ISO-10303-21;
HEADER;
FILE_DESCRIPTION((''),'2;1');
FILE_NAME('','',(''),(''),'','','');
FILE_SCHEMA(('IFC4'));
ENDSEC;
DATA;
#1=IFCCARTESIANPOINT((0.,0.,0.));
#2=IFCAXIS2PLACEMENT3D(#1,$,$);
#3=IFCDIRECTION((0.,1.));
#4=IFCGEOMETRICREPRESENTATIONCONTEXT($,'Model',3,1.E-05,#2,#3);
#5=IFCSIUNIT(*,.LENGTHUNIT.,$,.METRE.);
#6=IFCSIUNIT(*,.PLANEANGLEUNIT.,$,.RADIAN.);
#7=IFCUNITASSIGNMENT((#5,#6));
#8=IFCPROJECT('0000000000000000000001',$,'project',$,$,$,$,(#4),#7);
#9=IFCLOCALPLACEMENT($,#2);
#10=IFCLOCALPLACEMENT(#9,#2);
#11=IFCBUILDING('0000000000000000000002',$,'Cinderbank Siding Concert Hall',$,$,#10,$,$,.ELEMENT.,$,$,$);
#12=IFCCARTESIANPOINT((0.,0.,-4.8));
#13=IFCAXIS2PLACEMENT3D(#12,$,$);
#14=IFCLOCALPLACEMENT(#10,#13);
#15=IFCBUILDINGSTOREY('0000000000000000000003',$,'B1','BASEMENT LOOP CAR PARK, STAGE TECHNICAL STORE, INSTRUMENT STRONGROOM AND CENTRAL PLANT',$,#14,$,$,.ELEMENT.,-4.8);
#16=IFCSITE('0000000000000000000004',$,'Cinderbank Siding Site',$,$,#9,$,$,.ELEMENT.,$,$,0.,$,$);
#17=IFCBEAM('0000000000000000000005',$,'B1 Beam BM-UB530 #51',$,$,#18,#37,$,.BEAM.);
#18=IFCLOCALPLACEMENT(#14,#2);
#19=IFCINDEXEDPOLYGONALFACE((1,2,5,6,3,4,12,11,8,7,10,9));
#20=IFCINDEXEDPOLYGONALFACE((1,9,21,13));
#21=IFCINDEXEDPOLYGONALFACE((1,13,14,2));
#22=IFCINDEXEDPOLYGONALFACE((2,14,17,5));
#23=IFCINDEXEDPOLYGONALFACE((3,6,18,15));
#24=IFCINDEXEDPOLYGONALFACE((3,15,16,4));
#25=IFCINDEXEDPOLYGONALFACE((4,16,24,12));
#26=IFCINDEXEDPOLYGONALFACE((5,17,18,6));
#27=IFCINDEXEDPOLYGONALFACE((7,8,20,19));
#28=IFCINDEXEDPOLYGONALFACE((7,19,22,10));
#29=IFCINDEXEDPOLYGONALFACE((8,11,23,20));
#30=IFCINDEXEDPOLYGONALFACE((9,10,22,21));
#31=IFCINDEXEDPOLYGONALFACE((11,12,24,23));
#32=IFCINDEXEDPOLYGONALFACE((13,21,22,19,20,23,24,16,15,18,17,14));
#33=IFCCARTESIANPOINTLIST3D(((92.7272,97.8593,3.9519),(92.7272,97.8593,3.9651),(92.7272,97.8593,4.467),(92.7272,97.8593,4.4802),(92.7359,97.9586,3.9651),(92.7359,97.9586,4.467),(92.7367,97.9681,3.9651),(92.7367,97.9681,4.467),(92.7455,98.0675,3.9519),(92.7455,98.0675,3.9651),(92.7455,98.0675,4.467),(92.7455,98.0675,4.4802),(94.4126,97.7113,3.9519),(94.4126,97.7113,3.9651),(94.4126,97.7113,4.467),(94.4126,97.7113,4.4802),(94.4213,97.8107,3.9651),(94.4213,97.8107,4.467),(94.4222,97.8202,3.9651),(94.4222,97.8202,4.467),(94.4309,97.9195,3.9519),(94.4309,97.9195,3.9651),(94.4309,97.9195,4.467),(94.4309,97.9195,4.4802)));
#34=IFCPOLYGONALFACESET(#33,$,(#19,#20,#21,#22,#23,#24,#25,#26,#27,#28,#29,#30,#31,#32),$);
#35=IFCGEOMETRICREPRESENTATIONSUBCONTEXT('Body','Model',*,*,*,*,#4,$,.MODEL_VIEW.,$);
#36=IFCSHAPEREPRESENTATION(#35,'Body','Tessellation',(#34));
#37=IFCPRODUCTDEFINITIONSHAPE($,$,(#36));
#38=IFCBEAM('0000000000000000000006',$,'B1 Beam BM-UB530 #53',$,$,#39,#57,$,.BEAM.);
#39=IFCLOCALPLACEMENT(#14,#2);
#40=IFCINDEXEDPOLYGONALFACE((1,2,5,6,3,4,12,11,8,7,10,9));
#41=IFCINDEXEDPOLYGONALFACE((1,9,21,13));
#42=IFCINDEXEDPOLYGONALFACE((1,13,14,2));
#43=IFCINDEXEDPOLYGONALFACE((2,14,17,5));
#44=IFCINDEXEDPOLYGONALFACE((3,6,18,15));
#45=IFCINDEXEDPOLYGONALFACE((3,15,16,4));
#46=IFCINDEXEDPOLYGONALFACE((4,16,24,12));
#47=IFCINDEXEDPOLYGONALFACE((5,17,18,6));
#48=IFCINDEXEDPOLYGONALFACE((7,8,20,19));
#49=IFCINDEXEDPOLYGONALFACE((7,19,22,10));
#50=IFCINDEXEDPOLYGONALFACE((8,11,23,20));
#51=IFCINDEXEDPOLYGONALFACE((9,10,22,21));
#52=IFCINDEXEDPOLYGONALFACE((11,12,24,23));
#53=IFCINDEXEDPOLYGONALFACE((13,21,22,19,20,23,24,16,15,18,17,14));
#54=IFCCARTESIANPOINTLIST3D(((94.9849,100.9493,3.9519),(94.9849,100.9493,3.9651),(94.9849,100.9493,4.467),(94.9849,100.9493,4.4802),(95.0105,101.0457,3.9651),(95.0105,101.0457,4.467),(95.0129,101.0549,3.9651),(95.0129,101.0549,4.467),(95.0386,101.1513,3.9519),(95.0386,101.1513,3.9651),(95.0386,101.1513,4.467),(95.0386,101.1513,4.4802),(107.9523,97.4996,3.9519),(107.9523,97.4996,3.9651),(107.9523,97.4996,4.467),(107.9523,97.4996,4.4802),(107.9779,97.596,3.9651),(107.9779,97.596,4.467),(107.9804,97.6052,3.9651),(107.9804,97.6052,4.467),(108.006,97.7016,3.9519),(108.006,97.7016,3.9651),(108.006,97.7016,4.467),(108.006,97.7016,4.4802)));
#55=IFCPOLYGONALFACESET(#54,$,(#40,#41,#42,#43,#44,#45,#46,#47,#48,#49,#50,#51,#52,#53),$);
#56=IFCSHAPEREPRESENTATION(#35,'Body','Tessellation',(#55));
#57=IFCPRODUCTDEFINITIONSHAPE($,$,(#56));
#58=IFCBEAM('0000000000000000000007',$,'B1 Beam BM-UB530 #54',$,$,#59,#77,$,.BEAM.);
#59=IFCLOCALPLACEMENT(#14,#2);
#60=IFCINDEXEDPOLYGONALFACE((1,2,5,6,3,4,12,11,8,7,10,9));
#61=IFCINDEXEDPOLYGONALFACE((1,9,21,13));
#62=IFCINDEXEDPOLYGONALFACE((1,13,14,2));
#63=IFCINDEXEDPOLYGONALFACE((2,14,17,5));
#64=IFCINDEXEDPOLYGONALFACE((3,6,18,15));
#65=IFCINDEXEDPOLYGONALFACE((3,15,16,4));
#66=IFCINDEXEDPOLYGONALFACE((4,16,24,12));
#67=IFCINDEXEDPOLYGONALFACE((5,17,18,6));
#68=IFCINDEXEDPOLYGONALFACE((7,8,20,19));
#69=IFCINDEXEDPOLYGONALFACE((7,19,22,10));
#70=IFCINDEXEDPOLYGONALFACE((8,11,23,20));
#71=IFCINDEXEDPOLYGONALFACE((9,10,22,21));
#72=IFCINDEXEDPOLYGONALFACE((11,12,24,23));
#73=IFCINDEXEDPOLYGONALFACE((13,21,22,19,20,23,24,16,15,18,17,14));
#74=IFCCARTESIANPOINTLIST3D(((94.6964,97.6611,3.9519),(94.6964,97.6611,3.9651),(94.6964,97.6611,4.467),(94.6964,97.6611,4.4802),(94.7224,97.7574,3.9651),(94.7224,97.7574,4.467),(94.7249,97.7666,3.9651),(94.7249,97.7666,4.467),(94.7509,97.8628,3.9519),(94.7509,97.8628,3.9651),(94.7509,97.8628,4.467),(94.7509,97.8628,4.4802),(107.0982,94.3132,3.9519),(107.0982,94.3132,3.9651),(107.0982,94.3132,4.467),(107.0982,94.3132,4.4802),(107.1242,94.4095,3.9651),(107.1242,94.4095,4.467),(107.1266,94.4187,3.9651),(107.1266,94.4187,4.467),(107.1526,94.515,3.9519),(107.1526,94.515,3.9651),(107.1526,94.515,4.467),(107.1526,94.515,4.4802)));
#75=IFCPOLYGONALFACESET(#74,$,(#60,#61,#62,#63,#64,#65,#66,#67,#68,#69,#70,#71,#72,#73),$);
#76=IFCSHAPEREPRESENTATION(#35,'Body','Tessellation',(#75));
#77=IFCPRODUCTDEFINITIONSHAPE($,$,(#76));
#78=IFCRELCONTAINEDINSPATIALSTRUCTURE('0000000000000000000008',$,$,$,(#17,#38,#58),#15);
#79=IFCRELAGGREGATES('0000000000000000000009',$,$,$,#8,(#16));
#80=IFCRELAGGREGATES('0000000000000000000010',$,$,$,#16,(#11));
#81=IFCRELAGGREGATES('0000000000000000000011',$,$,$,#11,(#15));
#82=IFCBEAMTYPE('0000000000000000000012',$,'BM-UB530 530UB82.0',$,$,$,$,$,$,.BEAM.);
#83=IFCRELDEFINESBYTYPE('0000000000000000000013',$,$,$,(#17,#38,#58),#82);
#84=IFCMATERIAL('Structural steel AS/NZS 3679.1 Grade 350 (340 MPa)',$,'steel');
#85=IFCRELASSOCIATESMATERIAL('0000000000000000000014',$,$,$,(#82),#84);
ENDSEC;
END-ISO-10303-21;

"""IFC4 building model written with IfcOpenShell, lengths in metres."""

from ifc_helpers import new_model, si_unit, direction, frame, origin, origin_2d, place, context, subcontext, project, spatial, i_section, extrude, material, material_profile, profile_set, type_object, element, save


model = new_model("IFC4")

# Units and contexts
model_context = context("Model", 3, precision=1e-05, world=origin(), true_north=direction((0.0, 1.0)))
body_context = subcontext(model_context, "Body", "Model", "MODEL_VIEW")
ifc_project = project(units=[si_unit("LENGTHUNIT", "METRE"), si_unit("PLANEANGLEUNIT", "RADIAN")], contexts=[model_context])

# Site, building, storey
site_placement = place(None, origin())
site = spatial("IfcSite", under=ifc_project, at=site_placement, Name="Cinderbank Siding Site", CompositionType="ELEMENT", RefElevation=0.0)
building_placement = place(site_placement, origin())
building = spatial("IfcBuilding", under=site, at=building_placement, Name="Cinderbank Siding Concert Hall", CompositionType="ELEMENT")
storey_placement = place(building_placement, frame((0.0, 0.0, -4.8)))
storey = spatial("IfcBuildingStorey", under=building, at=storey_placement, Name="B1", Description="BASEMENT LOOP CAR PARK, STAGE TECHNICAL STORE, INSTRUMENT STRONGROOM AND CENTRAL PLANT", CompositionType="ELEMENT", Elevation=-4.8)

# Beams
ifc_material_1 = material(Name="Structural steel AS/NZS 3679.1 Grade 350 (340 MPa)", Category="steel")
ifc_material_profile_1 = material_profile(ifc_material_1, i_section(OverallWidth=0.209, OverallDepth=0.5283, WebThickness=0.0095, FlangeThickness=0.0132, at=origin_2d()), Name="530UB82.0", Category="LoadBearing")
ifc_profile_set_1 = profile_set([ifc_material_profile_1], Name="Structural steel AS/NZS 3679.1 Grade 350 (340 MPa)")
beam_type_1 = type_object("IfcBeamType", Name="BM-UB530 530UB82.0", PredefinedType="BEAM", material=ifc_profile_set_1)
beam_1_placement = place(storey_placement, frame((92.7363, 97.9634, 4.2161), z_axis=(0.996169, -0.087452, 0.0), x_axis=(0.087452, 0.996169, 0.0)))
element("IfcBeam", 1, at=beam_1_placement, inside=storey, type_object=beam_type_1, Name="B1 Beam BM-UB530 #51", PredefinedType="BEAM", context=body_context, shape_type="SweptSolid", body=[
    extrude(i_section(OverallWidth=0.209, OverallDepth=0.5283, WebThickness=0.0095, FlangeThickness=0.0132, at=origin_2d()), origin(), (0.0, 0.0, 1.0), 1.6919),
])
beam_2_placement = place(storey_placement, frame((95.0117, 101.0503, 4.2161), z_axis=(0.966389, -0.257085, 0.0), x_axis=(0.257085, 0.966389, 0.0)))
element("IfcBeam", 2, at=beam_2_placement, inside=storey, type_object=beam_type_1, Name="B1 Beam BM-UB530 #53", PredefinedType="BEAM", context=body_context, shape_type="SweptSolid", body=[
    extrude(i_section(OverallWidth=0.209, OverallDepth=0.5283, WebThickness=0.0095, FlangeThickness=0.0132, at=origin_2d()), origin(), (0.0, 0.0, 1.0), 13.4185),
])
beam_3_placement = place(storey_placement, frame((94.7236, 97.762, 4.2161), z_axis=(0.965441, -0.260622, 0.0), x_axis=(0.260622, 0.965441, 0.0)))
element("IfcBeam", 3, at=beam_3_placement, inside=storey, type_object=beam_type_1, Name="B1 Beam BM-UB530 #54", PredefinedType="BEAM", context=body_context, shape_type="SweptSolid", body=[
    extrude(i_section(OverallWidth=0.209, OverallDepth=0.5283, WebThickness=0.0095, FlangeThickness=0.0132, at=origin_2d()), origin(), (0.0, 0.0, 1.0), 12.8457),
])

save(model, "model.ifc")
